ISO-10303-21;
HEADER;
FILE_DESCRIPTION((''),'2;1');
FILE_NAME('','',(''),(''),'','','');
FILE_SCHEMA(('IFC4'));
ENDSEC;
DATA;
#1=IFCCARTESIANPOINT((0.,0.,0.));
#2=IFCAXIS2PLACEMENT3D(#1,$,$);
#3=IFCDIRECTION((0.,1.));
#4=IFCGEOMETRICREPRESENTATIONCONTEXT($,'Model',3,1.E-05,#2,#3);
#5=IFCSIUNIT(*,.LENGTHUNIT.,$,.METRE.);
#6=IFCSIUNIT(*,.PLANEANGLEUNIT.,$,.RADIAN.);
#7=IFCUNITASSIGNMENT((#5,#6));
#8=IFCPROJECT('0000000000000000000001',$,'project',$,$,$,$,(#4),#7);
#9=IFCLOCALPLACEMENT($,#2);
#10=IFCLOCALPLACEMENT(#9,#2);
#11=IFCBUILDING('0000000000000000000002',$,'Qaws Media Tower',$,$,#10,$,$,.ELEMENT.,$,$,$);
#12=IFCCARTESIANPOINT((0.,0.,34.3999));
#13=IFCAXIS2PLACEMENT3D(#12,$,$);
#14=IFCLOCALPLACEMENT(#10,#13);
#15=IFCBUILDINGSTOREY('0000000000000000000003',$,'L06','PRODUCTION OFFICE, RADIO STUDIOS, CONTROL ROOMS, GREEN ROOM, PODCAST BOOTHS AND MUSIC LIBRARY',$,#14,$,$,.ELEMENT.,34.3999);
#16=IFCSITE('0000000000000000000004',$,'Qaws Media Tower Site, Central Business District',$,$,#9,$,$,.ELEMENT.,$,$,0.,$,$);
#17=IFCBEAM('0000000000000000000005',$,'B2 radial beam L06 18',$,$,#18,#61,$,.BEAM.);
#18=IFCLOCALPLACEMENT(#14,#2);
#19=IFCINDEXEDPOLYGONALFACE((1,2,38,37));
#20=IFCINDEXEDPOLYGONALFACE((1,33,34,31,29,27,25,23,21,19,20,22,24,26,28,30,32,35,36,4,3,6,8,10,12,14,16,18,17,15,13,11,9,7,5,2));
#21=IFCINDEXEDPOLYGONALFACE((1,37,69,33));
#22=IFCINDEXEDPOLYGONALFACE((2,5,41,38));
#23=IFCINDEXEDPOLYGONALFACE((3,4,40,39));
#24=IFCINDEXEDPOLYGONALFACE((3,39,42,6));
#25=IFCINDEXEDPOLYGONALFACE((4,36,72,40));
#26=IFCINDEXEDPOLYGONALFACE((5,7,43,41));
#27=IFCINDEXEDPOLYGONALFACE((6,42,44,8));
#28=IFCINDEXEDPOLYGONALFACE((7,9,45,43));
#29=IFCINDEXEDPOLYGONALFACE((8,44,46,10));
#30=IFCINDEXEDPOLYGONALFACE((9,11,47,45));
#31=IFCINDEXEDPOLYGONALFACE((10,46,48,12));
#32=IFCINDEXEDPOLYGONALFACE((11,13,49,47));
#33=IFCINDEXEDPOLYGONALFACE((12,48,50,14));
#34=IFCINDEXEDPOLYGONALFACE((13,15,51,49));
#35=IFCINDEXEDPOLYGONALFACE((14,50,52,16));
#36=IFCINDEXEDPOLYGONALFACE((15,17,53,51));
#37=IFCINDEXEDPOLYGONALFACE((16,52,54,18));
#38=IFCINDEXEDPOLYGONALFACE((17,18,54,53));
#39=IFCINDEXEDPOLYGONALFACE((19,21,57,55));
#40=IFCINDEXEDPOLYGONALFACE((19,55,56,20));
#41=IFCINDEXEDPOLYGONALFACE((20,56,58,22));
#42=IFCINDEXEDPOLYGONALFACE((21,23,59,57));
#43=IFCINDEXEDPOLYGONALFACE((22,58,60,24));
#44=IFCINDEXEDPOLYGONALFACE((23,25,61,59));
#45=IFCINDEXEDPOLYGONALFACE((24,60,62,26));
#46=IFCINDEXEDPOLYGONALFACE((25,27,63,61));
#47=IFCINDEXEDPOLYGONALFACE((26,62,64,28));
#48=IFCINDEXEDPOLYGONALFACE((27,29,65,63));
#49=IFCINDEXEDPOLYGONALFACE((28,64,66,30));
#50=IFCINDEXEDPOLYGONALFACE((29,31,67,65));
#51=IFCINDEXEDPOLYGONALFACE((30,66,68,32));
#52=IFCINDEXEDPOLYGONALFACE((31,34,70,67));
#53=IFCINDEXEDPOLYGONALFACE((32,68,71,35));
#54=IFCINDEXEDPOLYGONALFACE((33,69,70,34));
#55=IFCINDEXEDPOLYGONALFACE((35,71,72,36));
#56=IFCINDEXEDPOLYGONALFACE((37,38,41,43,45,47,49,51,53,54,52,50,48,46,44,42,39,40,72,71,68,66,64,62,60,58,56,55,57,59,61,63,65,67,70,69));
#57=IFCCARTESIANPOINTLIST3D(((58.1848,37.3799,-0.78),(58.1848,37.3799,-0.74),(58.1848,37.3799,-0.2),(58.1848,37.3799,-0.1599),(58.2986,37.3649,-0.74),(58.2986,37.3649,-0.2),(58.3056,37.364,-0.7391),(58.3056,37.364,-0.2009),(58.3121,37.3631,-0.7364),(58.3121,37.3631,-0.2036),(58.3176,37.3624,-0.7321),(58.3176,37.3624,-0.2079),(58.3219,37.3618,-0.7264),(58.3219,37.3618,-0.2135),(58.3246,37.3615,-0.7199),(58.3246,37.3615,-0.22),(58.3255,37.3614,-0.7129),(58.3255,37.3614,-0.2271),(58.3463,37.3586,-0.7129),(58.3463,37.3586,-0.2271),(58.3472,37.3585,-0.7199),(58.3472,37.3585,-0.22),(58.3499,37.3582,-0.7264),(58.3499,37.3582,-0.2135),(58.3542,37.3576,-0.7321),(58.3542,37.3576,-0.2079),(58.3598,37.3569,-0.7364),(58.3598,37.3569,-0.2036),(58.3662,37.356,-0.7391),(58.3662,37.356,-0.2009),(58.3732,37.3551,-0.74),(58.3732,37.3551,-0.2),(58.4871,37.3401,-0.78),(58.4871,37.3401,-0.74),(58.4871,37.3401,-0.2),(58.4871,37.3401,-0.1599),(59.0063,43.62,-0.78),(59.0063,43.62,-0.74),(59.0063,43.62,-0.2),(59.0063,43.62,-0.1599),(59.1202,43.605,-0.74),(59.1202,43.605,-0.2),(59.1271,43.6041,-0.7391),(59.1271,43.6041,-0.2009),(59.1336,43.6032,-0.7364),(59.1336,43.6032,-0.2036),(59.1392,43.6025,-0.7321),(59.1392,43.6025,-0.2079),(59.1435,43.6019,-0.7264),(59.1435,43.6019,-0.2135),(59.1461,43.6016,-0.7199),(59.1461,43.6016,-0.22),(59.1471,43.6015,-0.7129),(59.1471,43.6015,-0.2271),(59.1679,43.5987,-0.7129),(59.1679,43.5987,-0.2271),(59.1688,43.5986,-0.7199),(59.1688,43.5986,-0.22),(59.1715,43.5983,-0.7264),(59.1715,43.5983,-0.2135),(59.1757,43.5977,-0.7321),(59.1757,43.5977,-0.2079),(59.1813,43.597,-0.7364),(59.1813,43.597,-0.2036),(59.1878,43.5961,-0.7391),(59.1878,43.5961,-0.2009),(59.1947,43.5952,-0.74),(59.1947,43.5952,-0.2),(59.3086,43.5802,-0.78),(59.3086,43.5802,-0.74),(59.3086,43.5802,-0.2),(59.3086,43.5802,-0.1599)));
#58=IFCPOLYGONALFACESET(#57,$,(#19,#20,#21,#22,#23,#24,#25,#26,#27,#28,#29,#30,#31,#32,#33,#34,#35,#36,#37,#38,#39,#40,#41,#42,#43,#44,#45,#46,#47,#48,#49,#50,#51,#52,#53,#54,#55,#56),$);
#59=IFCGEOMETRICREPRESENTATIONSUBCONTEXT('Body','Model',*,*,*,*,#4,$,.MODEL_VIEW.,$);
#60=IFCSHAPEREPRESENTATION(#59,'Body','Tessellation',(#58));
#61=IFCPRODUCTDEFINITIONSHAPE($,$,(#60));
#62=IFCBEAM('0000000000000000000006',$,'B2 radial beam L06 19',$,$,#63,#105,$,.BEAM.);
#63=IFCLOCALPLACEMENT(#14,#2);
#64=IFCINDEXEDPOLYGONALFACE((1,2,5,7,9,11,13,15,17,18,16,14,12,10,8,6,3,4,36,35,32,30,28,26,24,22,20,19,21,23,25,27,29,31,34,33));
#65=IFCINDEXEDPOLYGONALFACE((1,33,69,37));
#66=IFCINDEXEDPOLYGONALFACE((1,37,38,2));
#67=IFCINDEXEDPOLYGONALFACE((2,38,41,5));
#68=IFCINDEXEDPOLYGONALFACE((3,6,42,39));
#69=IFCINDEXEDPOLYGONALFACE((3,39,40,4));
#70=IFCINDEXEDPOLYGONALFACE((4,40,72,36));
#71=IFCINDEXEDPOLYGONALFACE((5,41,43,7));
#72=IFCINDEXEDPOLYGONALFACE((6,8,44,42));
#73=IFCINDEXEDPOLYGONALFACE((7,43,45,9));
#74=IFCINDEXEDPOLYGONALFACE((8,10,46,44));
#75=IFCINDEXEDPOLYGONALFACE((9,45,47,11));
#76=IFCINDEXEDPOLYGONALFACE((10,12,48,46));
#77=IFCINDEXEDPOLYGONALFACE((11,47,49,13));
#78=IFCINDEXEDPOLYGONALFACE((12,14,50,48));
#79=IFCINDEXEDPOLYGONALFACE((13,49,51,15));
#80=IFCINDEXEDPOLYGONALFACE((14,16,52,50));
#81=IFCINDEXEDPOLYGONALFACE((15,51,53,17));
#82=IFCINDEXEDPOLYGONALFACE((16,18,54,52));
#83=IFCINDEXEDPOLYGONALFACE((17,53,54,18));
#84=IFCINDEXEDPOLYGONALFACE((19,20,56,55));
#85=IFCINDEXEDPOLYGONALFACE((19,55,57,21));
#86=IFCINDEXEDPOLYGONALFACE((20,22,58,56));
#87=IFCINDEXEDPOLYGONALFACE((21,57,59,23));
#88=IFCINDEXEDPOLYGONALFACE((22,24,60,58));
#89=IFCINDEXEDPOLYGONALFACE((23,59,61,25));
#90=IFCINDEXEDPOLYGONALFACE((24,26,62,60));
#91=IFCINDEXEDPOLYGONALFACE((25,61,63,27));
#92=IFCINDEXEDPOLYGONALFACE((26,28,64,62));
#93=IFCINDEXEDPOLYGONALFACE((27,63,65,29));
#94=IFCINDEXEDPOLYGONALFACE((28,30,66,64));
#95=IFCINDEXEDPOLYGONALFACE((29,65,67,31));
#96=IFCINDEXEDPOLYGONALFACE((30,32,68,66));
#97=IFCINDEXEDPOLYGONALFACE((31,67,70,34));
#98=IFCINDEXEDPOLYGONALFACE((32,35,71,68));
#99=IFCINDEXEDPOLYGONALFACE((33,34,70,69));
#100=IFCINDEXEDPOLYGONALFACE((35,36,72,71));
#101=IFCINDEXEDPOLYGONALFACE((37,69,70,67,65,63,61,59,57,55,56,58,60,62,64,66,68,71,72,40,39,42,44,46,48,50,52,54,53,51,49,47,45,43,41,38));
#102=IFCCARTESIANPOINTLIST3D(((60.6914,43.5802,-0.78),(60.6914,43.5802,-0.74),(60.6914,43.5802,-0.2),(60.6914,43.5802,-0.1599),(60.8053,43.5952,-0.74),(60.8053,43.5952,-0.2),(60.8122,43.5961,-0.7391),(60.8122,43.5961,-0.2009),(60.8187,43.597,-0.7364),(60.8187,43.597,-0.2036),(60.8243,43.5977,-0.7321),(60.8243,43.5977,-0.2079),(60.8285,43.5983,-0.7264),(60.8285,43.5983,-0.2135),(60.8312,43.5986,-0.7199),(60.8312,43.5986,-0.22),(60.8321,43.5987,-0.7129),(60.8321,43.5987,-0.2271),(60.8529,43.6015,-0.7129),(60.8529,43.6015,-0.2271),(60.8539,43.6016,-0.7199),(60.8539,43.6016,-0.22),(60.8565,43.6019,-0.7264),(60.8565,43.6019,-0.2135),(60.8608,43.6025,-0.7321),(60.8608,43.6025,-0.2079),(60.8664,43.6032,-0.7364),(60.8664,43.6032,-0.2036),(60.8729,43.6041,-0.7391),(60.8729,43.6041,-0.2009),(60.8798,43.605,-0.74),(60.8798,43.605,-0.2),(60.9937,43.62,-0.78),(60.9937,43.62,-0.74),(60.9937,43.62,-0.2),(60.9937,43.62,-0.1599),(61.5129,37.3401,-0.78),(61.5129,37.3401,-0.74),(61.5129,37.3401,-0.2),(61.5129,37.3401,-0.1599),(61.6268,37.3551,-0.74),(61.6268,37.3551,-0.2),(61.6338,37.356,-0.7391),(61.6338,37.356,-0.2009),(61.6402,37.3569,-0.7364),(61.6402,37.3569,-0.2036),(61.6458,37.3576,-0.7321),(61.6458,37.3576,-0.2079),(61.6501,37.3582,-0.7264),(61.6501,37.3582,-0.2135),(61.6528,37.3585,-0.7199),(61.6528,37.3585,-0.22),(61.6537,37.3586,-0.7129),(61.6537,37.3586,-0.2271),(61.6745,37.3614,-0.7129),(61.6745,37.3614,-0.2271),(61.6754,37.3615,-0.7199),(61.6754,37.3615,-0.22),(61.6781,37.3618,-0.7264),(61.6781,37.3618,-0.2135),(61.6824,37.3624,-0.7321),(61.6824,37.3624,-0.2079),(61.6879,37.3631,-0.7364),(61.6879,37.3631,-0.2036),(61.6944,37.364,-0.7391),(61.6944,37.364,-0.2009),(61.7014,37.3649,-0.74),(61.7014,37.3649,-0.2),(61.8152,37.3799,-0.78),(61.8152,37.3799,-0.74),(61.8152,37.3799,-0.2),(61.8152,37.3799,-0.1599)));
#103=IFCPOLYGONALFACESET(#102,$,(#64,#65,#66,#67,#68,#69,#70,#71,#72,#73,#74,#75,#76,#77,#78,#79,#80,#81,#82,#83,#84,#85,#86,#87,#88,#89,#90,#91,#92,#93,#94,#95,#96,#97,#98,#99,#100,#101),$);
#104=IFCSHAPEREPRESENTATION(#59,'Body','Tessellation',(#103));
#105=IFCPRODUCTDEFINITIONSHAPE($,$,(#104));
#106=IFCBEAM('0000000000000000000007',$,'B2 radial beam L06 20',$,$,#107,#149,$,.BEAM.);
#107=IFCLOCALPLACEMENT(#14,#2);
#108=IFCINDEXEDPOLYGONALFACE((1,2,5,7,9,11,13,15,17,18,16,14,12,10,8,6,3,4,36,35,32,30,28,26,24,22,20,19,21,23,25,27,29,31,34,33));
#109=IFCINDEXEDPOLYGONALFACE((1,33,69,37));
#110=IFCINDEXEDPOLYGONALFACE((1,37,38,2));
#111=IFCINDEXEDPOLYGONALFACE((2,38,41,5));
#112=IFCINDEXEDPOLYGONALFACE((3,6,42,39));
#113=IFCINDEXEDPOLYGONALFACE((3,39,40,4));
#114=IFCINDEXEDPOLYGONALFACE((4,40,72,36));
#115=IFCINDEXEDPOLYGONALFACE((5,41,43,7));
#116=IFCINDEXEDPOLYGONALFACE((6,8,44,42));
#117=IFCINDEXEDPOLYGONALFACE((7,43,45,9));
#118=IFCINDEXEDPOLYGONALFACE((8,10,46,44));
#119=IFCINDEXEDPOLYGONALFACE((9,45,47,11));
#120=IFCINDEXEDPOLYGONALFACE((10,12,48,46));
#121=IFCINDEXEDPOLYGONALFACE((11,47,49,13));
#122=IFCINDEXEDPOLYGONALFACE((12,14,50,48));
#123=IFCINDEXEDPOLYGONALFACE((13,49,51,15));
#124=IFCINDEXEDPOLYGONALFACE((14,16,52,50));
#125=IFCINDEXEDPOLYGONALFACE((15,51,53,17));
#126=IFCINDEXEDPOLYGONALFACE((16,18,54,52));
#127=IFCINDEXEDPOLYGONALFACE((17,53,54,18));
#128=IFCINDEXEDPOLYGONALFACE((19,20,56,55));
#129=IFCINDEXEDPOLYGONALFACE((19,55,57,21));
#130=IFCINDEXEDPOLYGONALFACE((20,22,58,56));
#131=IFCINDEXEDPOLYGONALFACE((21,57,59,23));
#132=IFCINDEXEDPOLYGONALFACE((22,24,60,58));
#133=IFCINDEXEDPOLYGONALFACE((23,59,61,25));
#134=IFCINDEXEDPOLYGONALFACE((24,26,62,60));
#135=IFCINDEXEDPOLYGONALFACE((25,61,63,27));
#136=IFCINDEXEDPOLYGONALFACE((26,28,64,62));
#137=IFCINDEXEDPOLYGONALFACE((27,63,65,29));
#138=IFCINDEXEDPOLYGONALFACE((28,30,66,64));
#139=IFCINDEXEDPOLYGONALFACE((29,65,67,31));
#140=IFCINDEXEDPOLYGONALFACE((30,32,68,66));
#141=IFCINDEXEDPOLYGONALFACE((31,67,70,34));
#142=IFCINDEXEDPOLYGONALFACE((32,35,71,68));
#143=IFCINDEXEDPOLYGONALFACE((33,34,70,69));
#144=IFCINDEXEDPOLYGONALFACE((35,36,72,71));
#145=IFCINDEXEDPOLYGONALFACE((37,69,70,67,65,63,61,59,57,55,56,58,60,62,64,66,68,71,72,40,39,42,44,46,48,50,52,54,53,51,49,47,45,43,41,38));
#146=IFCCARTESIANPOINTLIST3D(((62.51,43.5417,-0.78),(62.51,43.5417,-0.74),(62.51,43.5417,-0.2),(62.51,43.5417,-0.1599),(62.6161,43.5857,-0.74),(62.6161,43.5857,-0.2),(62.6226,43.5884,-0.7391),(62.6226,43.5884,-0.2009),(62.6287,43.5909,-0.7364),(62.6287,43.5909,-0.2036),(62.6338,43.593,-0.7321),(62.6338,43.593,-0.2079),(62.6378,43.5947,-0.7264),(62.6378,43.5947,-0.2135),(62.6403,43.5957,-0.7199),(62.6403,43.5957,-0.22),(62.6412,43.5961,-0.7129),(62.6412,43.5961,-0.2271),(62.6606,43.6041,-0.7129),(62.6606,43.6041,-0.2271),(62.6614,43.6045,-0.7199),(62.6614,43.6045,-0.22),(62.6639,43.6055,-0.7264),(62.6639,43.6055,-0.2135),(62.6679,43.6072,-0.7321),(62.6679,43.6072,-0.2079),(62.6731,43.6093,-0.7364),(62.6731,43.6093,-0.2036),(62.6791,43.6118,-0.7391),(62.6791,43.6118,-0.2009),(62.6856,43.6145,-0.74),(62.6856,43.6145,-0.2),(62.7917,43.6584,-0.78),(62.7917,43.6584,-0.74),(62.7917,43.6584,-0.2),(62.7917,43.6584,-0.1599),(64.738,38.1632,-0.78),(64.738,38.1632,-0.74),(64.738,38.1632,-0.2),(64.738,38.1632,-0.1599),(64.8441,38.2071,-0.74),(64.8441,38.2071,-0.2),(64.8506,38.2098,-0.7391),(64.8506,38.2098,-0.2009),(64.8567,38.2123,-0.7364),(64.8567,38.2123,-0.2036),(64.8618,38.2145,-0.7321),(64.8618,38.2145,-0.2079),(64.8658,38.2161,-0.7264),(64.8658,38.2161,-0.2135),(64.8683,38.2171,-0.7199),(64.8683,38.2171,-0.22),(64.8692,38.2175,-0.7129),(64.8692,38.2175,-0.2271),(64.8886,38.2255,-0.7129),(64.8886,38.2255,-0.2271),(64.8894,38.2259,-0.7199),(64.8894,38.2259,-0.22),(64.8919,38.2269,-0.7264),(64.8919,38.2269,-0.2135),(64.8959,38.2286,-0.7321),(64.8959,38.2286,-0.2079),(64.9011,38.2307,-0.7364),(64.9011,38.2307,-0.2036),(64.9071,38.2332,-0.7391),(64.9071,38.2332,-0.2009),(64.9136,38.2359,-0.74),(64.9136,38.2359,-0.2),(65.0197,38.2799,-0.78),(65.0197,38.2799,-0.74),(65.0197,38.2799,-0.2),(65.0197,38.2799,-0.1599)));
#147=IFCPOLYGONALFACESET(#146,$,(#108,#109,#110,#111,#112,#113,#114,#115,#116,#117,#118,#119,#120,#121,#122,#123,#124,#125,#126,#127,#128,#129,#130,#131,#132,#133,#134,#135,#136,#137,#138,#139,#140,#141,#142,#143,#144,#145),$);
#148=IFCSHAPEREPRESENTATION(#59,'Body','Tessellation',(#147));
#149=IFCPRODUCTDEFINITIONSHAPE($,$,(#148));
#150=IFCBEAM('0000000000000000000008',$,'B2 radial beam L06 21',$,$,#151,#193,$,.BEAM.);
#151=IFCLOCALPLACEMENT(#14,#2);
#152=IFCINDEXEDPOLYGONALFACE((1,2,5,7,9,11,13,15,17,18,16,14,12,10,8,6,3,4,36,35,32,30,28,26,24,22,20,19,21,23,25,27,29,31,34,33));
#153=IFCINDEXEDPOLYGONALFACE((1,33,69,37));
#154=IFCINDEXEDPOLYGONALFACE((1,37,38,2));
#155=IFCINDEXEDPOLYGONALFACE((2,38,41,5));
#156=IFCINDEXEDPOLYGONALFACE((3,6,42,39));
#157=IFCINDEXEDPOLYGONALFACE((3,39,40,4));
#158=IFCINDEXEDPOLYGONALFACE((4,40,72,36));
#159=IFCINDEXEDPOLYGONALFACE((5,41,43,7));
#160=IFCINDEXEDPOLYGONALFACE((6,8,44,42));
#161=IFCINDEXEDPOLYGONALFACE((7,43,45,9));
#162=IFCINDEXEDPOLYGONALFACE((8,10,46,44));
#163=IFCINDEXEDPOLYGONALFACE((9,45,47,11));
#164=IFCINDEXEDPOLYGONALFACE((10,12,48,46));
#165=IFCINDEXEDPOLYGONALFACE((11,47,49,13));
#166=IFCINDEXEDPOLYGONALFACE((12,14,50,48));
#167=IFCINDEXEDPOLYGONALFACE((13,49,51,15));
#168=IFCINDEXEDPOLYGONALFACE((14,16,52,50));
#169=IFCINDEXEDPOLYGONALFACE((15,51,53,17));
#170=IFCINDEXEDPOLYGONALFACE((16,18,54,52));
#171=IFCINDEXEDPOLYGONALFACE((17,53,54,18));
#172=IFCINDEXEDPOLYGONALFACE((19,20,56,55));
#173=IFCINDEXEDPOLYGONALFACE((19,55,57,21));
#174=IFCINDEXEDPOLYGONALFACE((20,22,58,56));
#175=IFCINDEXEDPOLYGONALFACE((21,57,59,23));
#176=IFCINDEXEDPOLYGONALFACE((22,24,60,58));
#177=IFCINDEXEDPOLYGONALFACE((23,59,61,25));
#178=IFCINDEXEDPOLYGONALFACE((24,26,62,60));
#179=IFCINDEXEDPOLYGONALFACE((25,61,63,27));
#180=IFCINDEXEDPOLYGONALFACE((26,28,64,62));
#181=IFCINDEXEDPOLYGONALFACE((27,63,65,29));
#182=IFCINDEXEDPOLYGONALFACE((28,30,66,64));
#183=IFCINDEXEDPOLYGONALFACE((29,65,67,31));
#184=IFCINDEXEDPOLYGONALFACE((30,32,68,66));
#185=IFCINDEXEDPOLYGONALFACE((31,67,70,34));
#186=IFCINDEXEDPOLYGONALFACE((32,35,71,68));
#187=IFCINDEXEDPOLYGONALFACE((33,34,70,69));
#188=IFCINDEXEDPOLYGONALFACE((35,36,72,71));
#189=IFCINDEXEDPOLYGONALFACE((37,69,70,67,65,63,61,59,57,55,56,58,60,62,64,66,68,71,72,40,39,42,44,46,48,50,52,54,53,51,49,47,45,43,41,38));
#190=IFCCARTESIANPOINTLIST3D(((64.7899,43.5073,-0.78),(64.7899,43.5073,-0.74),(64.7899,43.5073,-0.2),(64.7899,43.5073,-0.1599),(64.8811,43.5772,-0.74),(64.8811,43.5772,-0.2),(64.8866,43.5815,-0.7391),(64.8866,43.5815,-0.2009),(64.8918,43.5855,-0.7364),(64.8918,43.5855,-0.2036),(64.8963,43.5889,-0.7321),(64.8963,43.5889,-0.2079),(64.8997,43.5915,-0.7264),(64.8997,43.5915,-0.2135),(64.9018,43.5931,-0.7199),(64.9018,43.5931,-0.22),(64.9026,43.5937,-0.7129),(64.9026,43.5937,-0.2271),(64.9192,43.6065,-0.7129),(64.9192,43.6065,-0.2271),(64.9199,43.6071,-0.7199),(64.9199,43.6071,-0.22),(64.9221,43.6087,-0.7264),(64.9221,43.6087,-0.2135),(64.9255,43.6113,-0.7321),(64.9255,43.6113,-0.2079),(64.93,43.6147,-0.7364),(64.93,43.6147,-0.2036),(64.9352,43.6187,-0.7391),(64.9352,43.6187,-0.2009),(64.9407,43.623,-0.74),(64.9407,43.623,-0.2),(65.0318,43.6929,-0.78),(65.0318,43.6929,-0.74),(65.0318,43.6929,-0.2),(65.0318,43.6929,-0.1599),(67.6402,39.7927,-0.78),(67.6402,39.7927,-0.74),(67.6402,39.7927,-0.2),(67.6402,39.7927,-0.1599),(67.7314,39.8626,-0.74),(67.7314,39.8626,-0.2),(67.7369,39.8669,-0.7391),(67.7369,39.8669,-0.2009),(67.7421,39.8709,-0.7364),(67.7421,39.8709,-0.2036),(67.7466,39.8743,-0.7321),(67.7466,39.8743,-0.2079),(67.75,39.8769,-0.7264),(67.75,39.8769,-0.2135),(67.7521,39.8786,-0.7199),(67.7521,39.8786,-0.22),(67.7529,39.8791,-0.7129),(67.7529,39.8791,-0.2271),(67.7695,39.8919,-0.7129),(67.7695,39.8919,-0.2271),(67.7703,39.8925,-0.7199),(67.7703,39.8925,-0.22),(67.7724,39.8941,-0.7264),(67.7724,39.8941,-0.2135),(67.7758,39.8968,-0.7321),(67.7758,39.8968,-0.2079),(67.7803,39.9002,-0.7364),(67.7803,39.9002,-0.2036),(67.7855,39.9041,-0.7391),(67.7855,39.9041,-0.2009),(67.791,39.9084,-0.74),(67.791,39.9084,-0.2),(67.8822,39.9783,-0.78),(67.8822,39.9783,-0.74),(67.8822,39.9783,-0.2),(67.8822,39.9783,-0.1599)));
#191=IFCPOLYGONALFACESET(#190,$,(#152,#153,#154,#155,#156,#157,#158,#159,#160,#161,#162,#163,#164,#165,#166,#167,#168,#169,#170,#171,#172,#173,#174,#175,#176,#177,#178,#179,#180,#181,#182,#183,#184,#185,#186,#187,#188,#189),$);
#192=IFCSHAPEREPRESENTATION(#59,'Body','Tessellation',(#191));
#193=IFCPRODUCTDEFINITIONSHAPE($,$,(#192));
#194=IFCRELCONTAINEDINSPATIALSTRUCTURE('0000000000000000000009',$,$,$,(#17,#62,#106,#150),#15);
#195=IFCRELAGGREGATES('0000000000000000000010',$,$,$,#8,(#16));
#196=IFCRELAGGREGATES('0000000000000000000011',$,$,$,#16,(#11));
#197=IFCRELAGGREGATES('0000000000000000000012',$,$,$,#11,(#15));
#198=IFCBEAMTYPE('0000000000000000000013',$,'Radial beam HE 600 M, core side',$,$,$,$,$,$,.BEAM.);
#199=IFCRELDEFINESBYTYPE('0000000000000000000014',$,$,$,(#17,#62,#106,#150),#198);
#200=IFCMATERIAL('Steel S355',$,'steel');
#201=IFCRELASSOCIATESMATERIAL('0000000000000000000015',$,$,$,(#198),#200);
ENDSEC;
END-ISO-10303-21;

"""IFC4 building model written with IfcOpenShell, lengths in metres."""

from ifc_helpers import new_model, si_unit, direction, frame, origin, origin_2d, place, context, subcontext, project, spatial, i_section, extrude, material, material_profile, profile_set, type_object, element, save


model = new_model("IFC4")

# Units and contexts
model_context = context("Model", 3, precision=1e-05, world=origin(), true_north=direction((0.0, 1.0)))
body_context = subcontext(model_context, "Body", "Model", "MODEL_VIEW")
ifc_project = project(units=[si_unit("LENGTHUNIT", "METRE"), si_unit("PLANEANGLEUNIT", "RADIAN")], contexts=[model_context])

# Site, building, storey
site_placement = place(None, origin())
site = spatial("IfcSite", under=ifc_project, at=site_placement, Name="Qaws Media Tower Site, Central Business District", CompositionType="ELEMENT", RefElevation=0.0)
building_placement = place(site_placement, origin())
building = spatial("IfcBuilding", under=site, at=building_placement, Name="Qaws Media Tower", CompositionType="ELEMENT")
storey_placement = place(building_placement, frame((0.0, 0.0, 34.3999)))
storey = spatial("IfcBuildingStorey", under=building, at=storey_placement, Name="L06", Description="PRODUCTION OFFICE, RADIO STUDIOS, CONTROL ROOMS, GREEN ROOM, PODCAST BOOTHS AND MUSIC LIBRARY", CompositionType="ELEMENT", Elevation=34.3999)

# Beams
ifc_material_1 = material(Name="Steel S355", Category="steel")
ifc_material_profile_1 = material_profile(ifc_material_1, i_section(OverallWidth=0.3049, OverallDepth=0.6201, WebThickness=0.021, FlangeThickness=0.04, FilletRadius=0.0271, at=origin_2d()), Name="HE 600 M")
ifc_profile_set_1 = profile_set([ifc_material_profile_1], Name="Steel S355")
beam_type_1 = type_object("IfcBeamType", Name="Radial beam HE 600 M, core side", PredefinedType="BEAM", material=ifc_profile_set_1)
for number, where, z_axis, x_axis, name in (
    (1, (59.1575, 43.6001, -0.47), (-0.13053, -0.991444, 0.0), (0.991444, -0.13053, 0.0), "B2 radial beam L06 18"),
    (2, (60.8425, 43.6001, -0.47), (0.13053, -0.991444, 0.0), (0.991444, 0.13053, 0.0), "B2 radial beam L06 19"),
):
    element("IfcBeam", number, at=place(storey_placement, frame(where, z_axis=z_axis, x_axis=x_axis)), inside=storey, type_object=beam_type_1, Name=name, PredefinedType="BEAM", context=body_context, shape_type="SweptSolid", body=[
        extrude(i_section(OverallWidth=0.3049, OverallDepth=0.6201, WebThickness=0.021, FlangeThickness=0.04, FilletRadius=0.0271, at=origin_2d()), origin(), (0.0, 0.0, 1.0), 6.2939),
    ])
beam_1_placement = place(storey_placement, frame((62.6509, 43.6001, -0.47), z_axis=(0.3827, -0.923873, 0.0), x_axis=(0.923873, 0.3827, 0.0)))
element("IfcBeam", 3, at=beam_1_placement, inside=storey, type_object=beam_type_1, Name="B2 radial beam L06 20", PredefinedType="BEAM", context=body_context, shape_type="SweptSolid", body=[
    extrude(i_section(OverallWidth=0.3049, OverallDepth=0.6201, WebThickness=0.021, FlangeThickness=0.04, FilletRadius=0.0271, at=origin_2d()), origin(), (0.0, 0.0, 1.0), 5.8218),
])
beam_2_placement = place(storey_placement, frame((64.9109, 43.6001, -0.47), z_axis=(0.608765, -0.79335, 0.0), x_axis=(0.79335, 0.608765, 0.0)))
element("IfcBeam", 4, at=beam_2_placement, inside=storey, type_object=beam_type_1, Name="B2 radial beam L06 21", PredefinedType="BEAM", context=body_context, shape_type="SweptSolid", body=[
    extrude(i_section(OverallWidth=0.3049, OverallDepth=0.6201, WebThickness=0.021, FlangeThickness=0.04, FilletRadius=0.0271, at=origin_2d()), origin(), (0.0, 0.0, 1.0), 4.6821),
])

save(model, "model.ifc")
